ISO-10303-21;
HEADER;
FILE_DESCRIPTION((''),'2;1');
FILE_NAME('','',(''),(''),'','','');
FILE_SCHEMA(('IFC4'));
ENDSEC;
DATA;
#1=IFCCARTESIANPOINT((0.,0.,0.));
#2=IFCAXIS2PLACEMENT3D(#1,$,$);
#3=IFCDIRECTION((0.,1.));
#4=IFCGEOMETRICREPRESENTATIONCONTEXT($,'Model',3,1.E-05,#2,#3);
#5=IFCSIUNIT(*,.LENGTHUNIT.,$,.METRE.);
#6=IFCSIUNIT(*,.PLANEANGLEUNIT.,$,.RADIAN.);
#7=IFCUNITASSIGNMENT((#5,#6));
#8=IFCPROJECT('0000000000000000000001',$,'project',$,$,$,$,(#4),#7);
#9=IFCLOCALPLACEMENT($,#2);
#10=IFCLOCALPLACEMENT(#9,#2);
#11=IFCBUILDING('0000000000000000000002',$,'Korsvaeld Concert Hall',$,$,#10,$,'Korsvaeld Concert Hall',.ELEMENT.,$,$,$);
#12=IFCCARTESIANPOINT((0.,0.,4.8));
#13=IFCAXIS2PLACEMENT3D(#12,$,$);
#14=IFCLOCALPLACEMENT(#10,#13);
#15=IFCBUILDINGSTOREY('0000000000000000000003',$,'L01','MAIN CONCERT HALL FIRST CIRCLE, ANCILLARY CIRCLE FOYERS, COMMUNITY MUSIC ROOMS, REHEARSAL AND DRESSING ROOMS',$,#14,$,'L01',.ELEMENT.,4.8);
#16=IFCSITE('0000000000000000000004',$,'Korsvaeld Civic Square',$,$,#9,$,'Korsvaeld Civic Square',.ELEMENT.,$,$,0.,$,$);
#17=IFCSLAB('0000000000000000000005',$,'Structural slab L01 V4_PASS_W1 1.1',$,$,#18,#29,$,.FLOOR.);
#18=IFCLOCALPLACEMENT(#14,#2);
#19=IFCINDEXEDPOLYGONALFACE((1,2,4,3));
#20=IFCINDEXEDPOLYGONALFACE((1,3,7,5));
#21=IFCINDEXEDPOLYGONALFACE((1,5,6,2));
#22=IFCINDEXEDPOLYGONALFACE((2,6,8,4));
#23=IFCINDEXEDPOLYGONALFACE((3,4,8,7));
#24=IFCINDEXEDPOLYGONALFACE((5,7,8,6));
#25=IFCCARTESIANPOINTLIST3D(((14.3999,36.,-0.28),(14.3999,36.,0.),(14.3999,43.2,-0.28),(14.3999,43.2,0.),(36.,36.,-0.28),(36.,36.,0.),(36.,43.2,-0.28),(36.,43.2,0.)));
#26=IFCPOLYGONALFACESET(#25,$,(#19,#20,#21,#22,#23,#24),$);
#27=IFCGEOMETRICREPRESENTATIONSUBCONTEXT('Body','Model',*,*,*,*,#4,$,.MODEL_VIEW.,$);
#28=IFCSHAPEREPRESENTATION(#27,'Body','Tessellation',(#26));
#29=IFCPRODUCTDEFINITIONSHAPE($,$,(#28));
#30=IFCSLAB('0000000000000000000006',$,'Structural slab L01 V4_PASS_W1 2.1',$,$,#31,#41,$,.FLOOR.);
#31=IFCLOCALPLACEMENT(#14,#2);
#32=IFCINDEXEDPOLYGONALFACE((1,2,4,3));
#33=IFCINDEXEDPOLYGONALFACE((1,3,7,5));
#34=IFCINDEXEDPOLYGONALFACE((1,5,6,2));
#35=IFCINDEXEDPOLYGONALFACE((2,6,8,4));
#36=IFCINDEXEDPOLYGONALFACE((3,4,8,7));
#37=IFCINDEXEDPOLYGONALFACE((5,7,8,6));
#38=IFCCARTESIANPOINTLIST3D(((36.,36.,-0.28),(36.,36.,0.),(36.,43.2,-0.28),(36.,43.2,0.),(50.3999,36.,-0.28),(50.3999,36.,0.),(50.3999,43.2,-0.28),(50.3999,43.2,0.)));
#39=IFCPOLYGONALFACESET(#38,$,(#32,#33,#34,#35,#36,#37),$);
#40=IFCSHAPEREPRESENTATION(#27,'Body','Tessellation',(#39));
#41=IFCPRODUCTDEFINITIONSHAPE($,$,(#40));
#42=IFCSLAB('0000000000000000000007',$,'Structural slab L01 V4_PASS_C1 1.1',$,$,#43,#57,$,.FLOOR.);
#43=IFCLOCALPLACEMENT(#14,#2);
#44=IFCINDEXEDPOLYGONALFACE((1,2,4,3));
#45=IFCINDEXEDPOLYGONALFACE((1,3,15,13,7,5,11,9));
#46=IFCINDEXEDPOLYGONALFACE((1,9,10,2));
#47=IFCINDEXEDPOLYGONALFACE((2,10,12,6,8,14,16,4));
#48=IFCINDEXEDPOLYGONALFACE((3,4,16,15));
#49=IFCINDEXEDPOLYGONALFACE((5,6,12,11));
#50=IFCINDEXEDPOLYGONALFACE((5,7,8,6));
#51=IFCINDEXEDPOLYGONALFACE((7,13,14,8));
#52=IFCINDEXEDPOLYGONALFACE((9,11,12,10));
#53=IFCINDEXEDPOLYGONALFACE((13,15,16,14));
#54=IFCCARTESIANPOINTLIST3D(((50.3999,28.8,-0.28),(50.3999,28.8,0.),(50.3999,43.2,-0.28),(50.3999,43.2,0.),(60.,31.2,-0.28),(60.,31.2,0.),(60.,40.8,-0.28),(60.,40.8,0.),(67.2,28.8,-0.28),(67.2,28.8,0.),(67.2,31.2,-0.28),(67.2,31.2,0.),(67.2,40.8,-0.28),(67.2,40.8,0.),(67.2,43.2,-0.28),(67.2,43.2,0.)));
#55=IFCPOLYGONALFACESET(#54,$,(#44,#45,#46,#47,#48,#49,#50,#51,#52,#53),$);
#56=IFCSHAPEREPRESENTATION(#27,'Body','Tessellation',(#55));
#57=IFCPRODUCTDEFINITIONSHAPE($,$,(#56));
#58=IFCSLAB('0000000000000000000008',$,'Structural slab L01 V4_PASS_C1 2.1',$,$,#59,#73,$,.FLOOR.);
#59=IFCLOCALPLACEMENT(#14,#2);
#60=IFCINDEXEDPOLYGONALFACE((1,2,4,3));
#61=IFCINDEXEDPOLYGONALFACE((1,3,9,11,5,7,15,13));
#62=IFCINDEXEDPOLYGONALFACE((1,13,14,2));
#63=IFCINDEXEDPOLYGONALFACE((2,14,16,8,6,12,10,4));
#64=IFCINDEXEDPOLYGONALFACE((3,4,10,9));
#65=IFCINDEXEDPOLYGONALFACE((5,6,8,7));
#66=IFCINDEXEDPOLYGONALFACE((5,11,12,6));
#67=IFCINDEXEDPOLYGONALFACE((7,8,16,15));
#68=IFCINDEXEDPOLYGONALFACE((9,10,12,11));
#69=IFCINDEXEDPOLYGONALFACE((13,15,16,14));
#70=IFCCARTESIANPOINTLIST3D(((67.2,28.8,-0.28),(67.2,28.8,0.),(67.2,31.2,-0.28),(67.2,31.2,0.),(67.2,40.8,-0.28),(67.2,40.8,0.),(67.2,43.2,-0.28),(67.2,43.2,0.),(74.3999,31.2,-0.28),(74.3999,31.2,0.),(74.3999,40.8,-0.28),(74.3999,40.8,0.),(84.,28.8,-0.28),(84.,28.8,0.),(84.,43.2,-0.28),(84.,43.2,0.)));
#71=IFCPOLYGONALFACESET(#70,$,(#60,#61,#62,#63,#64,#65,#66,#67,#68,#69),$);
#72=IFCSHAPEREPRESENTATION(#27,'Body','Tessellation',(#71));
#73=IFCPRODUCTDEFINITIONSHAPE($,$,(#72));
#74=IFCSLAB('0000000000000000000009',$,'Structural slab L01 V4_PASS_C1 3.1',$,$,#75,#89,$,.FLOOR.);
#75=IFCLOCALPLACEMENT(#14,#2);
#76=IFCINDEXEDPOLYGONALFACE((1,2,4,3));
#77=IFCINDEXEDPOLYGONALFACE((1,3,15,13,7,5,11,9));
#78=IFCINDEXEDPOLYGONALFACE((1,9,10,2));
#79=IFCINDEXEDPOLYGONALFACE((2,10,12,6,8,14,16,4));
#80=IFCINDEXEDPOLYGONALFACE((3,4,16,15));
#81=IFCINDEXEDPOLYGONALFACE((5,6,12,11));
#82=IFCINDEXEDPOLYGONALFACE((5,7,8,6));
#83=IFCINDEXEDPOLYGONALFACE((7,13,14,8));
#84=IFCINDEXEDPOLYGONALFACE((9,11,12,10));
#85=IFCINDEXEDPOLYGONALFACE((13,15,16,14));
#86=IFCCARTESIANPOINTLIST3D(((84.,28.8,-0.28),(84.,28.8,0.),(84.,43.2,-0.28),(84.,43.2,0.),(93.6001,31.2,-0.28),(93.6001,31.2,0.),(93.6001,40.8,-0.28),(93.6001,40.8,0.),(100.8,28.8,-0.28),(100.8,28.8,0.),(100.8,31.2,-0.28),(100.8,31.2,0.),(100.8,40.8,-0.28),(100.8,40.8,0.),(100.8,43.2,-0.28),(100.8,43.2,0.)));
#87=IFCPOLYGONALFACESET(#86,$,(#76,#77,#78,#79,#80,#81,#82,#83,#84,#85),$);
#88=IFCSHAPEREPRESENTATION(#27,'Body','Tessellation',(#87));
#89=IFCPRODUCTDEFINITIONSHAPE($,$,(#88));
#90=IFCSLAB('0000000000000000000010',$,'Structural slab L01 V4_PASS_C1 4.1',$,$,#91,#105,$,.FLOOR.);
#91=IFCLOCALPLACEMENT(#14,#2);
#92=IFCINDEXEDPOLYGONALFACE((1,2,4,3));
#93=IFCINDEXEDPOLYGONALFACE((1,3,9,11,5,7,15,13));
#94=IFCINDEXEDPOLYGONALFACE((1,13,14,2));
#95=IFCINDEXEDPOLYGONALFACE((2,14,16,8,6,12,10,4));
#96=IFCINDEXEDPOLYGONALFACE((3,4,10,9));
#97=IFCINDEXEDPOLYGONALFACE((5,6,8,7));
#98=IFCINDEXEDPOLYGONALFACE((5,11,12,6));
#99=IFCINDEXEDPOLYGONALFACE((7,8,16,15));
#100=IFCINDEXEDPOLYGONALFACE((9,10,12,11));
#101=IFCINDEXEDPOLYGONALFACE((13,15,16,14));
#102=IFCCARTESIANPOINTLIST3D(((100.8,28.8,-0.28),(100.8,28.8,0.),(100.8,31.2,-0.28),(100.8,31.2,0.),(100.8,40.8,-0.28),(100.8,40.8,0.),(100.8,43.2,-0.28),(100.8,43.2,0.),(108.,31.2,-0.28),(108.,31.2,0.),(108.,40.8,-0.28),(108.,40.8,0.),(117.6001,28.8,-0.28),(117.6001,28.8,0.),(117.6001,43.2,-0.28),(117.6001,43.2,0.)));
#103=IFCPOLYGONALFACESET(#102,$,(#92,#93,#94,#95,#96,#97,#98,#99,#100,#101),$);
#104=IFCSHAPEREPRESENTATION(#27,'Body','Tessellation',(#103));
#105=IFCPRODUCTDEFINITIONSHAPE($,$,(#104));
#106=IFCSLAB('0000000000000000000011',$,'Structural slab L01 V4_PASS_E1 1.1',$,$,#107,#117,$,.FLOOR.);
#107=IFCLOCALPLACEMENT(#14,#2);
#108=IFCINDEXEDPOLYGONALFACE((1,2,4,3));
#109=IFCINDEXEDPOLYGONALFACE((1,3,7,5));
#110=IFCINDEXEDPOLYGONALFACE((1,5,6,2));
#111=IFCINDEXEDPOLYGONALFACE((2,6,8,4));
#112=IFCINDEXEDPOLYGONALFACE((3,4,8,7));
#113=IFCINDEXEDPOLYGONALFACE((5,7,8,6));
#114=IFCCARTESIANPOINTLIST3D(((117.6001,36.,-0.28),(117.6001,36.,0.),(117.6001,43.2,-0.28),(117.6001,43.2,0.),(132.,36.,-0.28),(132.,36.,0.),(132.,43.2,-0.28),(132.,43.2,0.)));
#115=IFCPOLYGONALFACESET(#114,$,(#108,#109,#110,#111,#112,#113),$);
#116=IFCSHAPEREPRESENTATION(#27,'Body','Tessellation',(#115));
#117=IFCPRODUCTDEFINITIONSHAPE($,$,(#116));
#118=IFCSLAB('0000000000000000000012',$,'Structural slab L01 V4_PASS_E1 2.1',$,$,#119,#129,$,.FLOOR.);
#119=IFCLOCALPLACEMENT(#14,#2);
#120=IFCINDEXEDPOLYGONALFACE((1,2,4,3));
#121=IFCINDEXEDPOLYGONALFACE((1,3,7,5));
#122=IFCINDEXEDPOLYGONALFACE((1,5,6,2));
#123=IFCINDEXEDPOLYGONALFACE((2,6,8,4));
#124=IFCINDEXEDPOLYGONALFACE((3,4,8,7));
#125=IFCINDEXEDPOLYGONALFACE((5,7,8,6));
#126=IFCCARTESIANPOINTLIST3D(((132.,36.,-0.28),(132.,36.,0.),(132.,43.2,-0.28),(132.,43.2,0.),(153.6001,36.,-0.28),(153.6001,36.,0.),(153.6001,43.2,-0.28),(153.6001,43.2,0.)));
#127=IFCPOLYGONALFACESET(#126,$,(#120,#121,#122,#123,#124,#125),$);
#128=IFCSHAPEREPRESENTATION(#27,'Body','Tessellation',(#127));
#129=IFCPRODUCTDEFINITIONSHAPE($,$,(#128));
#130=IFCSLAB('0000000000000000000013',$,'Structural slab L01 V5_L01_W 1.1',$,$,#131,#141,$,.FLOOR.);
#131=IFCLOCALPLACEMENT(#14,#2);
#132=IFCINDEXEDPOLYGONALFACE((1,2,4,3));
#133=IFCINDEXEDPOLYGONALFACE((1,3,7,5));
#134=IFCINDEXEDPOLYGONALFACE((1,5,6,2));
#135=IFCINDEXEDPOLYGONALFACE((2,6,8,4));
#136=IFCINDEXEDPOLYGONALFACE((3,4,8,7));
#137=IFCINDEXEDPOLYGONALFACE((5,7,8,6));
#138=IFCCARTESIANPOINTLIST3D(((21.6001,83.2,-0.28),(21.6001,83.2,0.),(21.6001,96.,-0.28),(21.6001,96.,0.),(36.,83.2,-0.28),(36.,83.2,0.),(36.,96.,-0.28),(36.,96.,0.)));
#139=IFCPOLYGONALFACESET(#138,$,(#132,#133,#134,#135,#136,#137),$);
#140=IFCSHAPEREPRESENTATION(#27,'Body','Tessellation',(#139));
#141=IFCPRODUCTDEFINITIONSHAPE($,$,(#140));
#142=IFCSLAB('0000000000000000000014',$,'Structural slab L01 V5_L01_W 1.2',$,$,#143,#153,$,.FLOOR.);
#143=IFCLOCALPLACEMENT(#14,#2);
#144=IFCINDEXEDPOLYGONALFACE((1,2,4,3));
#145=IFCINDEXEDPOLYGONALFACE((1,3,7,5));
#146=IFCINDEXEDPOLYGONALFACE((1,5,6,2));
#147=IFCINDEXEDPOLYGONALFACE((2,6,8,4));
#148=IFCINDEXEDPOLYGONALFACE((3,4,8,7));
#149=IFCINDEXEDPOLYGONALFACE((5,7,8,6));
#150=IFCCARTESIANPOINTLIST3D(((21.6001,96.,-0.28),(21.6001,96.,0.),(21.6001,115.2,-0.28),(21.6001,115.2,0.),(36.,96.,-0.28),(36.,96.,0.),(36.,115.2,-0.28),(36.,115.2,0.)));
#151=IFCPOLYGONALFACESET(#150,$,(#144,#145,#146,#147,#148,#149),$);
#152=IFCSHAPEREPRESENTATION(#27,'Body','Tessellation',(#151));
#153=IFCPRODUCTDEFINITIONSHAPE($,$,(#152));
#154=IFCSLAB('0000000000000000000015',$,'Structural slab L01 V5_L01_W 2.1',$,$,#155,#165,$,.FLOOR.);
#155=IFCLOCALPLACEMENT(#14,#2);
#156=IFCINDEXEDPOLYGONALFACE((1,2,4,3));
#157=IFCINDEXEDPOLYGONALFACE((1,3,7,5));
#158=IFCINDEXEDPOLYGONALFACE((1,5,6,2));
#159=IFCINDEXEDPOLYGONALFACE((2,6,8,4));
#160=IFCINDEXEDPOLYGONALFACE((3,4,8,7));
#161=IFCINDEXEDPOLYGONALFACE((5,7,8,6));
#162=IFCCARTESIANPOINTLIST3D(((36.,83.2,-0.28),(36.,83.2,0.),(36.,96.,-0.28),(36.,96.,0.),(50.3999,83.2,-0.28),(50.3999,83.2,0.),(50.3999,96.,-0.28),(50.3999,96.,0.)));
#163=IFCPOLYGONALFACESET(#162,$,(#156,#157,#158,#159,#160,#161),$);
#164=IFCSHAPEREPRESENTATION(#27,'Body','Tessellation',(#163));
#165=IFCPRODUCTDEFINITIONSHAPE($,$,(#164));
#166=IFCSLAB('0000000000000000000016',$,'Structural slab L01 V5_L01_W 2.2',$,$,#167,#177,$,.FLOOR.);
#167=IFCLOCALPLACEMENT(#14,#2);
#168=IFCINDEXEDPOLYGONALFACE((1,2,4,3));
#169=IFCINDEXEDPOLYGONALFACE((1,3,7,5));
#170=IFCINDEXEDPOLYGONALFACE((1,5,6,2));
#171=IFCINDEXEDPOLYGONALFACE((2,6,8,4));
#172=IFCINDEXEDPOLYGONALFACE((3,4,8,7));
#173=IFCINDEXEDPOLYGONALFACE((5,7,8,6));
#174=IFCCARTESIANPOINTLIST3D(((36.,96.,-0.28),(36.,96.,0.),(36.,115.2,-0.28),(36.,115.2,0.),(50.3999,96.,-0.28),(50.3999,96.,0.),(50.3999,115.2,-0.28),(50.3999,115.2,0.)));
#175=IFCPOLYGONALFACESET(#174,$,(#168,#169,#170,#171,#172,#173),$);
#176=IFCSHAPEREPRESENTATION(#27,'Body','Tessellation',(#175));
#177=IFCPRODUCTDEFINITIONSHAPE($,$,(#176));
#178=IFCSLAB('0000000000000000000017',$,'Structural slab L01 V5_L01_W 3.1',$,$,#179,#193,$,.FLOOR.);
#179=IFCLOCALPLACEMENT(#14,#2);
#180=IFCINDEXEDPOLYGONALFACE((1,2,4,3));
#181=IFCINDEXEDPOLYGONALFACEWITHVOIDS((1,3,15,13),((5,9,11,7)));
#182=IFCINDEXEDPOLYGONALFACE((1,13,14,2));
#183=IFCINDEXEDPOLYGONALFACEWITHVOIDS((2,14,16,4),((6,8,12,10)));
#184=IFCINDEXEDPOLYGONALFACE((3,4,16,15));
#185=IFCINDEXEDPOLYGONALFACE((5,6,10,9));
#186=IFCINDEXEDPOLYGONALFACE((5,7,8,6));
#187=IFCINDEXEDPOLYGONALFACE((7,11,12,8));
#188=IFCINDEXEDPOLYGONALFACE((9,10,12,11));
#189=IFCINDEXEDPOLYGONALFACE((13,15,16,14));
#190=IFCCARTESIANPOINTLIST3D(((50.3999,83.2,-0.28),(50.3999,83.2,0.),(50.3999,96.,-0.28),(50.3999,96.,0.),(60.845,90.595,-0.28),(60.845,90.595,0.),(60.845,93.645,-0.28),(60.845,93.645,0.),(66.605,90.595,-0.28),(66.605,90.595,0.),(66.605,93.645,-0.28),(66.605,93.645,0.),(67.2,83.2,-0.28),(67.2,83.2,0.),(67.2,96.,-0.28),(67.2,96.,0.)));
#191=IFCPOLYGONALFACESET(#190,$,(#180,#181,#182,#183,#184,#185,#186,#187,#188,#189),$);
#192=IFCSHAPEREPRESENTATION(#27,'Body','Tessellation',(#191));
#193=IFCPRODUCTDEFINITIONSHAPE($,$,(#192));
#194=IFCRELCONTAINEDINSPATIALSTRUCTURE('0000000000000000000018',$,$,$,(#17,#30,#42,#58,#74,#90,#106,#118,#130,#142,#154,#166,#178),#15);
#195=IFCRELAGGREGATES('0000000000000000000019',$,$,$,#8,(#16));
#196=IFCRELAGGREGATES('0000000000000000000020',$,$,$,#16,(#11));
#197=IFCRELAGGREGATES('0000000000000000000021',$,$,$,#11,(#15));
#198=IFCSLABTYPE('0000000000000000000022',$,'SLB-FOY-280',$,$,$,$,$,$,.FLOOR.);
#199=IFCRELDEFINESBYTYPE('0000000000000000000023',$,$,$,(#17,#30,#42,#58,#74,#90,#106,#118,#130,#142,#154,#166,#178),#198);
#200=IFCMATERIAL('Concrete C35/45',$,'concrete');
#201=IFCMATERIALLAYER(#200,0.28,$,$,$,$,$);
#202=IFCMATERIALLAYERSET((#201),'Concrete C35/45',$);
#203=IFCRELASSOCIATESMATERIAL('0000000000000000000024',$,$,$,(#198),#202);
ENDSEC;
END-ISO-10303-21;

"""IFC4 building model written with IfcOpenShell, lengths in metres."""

from ifc_helpers import new_model, si_unit, direction, frame, origin, place, context, subcontext, project, spatial, polyline, outline, extrude, material, layer, layer_set, type_object, element, save


model = new_model("IFC4")

# Units and contexts
model_context = context("Model", 3, precision=1e-05, world=origin(), true_north=direction((0.0, 1.0)))
body_context = subcontext(model_context, "Body", "Model", "MODEL_VIEW")
ifc_project = project(units=[si_unit("LENGTHUNIT", "METRE"), si_unit("PLANEANGLEUNIT", "RADIAN")], contexts=[model_context])

# Site, building, storey
site_placement = place(None, origin())
site = spatial("IfcSite", under=ifc_project, at=site_placement, Name="Korsvaeld Civic Square", LongName="Korsvaeld Civic Square", CompositionType="ELEMENT", RefElevation=0.0)
building_placement = place(site_placement, origin())
building = spatial("IfcBuilding", under=site, at=building_placement, Name="Korsvaeld Concert Hall", LongName="Korsvaeld Concert Hall", CompositionType="ELEMENT")
storey_placement = place(building_placement, frame((0.0, 0.0, 4.8)))
storey = spatial("IfcBuildingStorey", under=building, at=storey_placement, Name="L01", Description="MAIN CONCERT HALL FIRST CIRCLE, ANCILLARY CIRCLE FOYERS, COMMUNITY MUSIC ROOMS, REHEARSAL AND DRESSING ROOMS", LongName="L01", CompositionType="ELEMENT", Elevation=4.8)

# Slabs
ifc_material_1 = material(Name="Concrete C35/45", Category="concrete")
ifc_layer_1 = layer(ifc_material_1, 0.28)
ifc_layer_set_1 = layer_set([ifc_layer_1], Name="Concrete C35/45")
slab_type_1 = type_object("IfcSlabType", Name="SLB-FOY-280", PredefinedType="FLOOR", material=ifc_layer_set_1)
slab_1_placement = place(storey_placement, frame((0.0, 0.0, -0.28)))
element("IfcSlab", 1, at=slab_1_placement, inside=storey, type_object=slab_type_1, Name="Structural slab L01 V4_PASS_W1 1.1", PredefinedType="FLOOR", context=body_context, shape_type="SweptSolid", body=[
    extrude(outline(polyline([(14.3999, 36.0), (14.3999, 43.2), (36.0, 43.2), (36.0, 36.0), (14.3999, 36.0)])), origin(), (0.0, 0.0, 1.0), 0.28),
])
slab_2_placement = place(storey_placement, frame((0.0, 0.0, -0.28)))
element("IfcSlab", 2, at=slab_2_placement, inside=storey, type_object=slab_type_1, Name="Structural slab L01 V4_PASS_W1 2.1", PredefinedType="FLOOR", context=body_context, shape_type="SweptSolid", body=[
    extrude(outline(polyline([(36.0, 36.0), (36.0, 43.2), (50.3999, 43.2), (50.3999, 36.0), (36.0, 36.0)])), origin(), (0.0, 0.0, 1.0), 0.28),
])
slab_3_placement = place(storey_placement, frame((0.0, 0.0, -0.28)))
element("IfcSlab", 3, at=slab_3_placement, inside=storey, type_object=slab_type_1, Name="Structural slab L01 V4_PASS_C1 1.1", PredefinedType="FLOOR", context=body_context, shape_type="SweptSolid", body=[
    extrude(outline(polyline([(67.2, 28.8), (50.3999, 28.8), (50.3999, 43.2), (67.2, 43.2), (67.2, 40.8), (60.0, 40.8), (60.0, 31.2), (67.2, 31.2), (67.2, 28.8)])), origin(), (0.0, 0.0, 1.0), 0.28),
])
slab_4_placement = place(storey_placement, frame((0.0, 0.0, -0.28)))
element("IfcSlab", 4, at=slab_4_placement, inside=storey, type_object=slab_type_1, Name="Structural slab L01 V4_PASS_C1 2.1", PredefinedType="FLOOR", context=body_context, shape_type="SweptSolid", body=[
    extrude(outline(polyline([(67.2, 43.2), (84.0, 43.2), (84.0, 28.8), (67.2, 28.8), (67.2, 31.2), (74.3999, 31.2), (74.3999, 40.8), (67.2, 40.8), (67.2, 43.2)])), origin(), (0.0, 0.0, 1.0), 0.28),
])
slab_5_placement = place(storey_placement, frame((0.0, 0.0, -0.28)))
element("IfcSlab", 5, at=slab_5_placement, inside=storey, type_object=slab_type_1, Name="Structural slab L01 V4_PASS_C1 3.1", PredefinedType="FLOOR", context=body_context, shape_type="SweptSolid", body=[
    extrude(outline(polyline([(100.8, 28.8), (84.0, 28.8), (84.0, 43.2), (100.8, 43.2), (100.8, 40.8), (93.6001, 40.8), (93.6001, 31.2), (100.8, 31.2), (100.8, 28.8)])), origin(), (0.0, 0.0, 1.0), 0.28),
])
slab_6_placement = place(storey_placement, frame((0.0, 0.0, -0.28)))
element("IfcSlab", 6, at=slab_6_placement, inside=storey, type_object=slab_type_1, Name="Structural slab L01 V4_PASS_C1 4.1", PredefinedType="FLOOR", context=body_context, shape_type="SweptSolid", body=[
    extrude(outline(polyline([(100.8, 43.2), (117.6001, 43.2), (117.6001, 28.8), (100.8, 28.8), (100.8, 31.2), (108.0, 31.2), (108.0, 40.8), (100.8, 40.8), (100.8, 43.2)])), origin(), (0.0, 0.0, 1.0), 0.28),
])
slab_7_placement = place(storey_placement, frame((0.0, 0.0, -0.28)))
element("IfcSlab", 7, at=slab_7_placement, inside=storey, type_object=slab_type_1, Name="Structural slab L01 V4_PASS_E1 1.1", PredefinedType="FLOOR", context=body_context, shape_type="SweptSolid", body=[
    extrude(outline(polyline([(117.6001, 36.0), (117.6001, 43.2), (132.0, 43.2), (132.0, 36.0), (117.6001, 36.0)])), origin(), (0.0, 0.0, 1.0), 0.28),
])
slab_8_placement = place(storey_placement, frame((0.0, 0.0, -0.28)))
element("IfcSlab", 8, at=slab_8_placement, inside=storey, type_object=slab_type_1, Name="Structural slab L01 V4_PASS_E1 2.1", PredefinedType="FLOOR", context=body_context, shape_type="SweptSolid", body=[
    extrude(outline(polyline([(132.0, 36.0), (132.0, 43.2), (153.6001, 43.2), (153.6001, 36.0), (132.0, 36.0)])), origin(), (0.0, 0.0, 1.0), 0.28),
])
slab_9_placement = place(storey_placement, frame((0.0, 0.0, -0.28)))
element("IfcSlab", 9, at=slab_9_placement, inside=storey, type_object=slab_type_1, Name="Structural slab L01 V5_L01_W 1.1", PredefinedType="FLOOR", context=body_context, shape_type="SweptSolid", body=[
    extrude(outline(polyline([(21.6001, 83.2), (21.6001, 96.0), (36.0, 96.0), (36.0, 83.2), (21.6001, 83.2)])), origin(), (0.0, 0.0, 1.0), 0.28),
])
slab_10_placement = place(storey_placement, frame((0.0, 0.0, -0.28)))
element("IfcSlab", 10, at=slab_10_placement, inside=storey, type_object=slab_type_1, Name="Structural slab L01 V5_L01_W 1.2", PredefinedType="FLOOR", context=body_context, shape_type="SweptSolid", body=[
    extrude(outline(polyline([(21.6001, 96.0), (21.6001, 115.2), (36.0, 115.2), (36.0, 96.0), (21.6001, 96.0)])), origin(), (0.0, 0.0, 1.0), 0.28),
])
slab_11_placement = place(storey_placement, frame((0.0, 0.0, -0.28)))
element("IfcSlab", 11, at=slab_11_placement, inside=storey, type_object=slab_type_1, Name="Structural slab L01 V5_L01_W 2.1", PredefinedType="FLOOR", context=body_context, shape_type="SweptSolid", body=[
    extrude(outline(polyline([(36.0, 83.2), (36.0, 96.0), (50.3999, 96.0), (50.3999, 83.2), (36.0, 83.2)])), origin(), (0.0, 0.0, 1.0), 0.28),
])
slab_12_placement = place(storey_placement, frame((0.0, 0.0, -0.28)))
element("IfcSlab", 12, at=slab_12_placement, inside=storey, type_object=slab_type_1, Name="Structural slab L01 V5_L01_W 2.2", PredefinedType="FLOOR", context=body_context, shape_type="SweptSolid", body=[
    extrude(outline(polyline([(36.0, 96.0), (36.0, 115.2), (50.3999, 115.2), (50.3999, 96.0), (36.0, 96.0)])), origin(), (0.0, 0.0, 1.0), 0.28),
])
slab_13_placement = place(storey_placement, frame((0.0, 0.0, -0.28)))
element("IfcSlab", 13, at=slab_13_placement, inside=storey, type_object=slab_type_1, Name="Structural slab L01 V5_L01_W 3.1", PredefinedType="FLOOR", context=body_context, shape_type="SweptSolid", body=[
    extrude(outline(polyline([(50.3999, 83.2), (50.3999, 96.0), (67.2, 96.0), (67.2, 83.2), (50.3999, 83.2)]), holes=[polyline([(60.845, 90.595), (66.605, 90.595), (66.605, 93.645), (60.845, 93.645), (60.845, 90.595)])]), origin(), (0.0, 0.0, 1.0), 0.28),
])

save(model, "model.ifc")
